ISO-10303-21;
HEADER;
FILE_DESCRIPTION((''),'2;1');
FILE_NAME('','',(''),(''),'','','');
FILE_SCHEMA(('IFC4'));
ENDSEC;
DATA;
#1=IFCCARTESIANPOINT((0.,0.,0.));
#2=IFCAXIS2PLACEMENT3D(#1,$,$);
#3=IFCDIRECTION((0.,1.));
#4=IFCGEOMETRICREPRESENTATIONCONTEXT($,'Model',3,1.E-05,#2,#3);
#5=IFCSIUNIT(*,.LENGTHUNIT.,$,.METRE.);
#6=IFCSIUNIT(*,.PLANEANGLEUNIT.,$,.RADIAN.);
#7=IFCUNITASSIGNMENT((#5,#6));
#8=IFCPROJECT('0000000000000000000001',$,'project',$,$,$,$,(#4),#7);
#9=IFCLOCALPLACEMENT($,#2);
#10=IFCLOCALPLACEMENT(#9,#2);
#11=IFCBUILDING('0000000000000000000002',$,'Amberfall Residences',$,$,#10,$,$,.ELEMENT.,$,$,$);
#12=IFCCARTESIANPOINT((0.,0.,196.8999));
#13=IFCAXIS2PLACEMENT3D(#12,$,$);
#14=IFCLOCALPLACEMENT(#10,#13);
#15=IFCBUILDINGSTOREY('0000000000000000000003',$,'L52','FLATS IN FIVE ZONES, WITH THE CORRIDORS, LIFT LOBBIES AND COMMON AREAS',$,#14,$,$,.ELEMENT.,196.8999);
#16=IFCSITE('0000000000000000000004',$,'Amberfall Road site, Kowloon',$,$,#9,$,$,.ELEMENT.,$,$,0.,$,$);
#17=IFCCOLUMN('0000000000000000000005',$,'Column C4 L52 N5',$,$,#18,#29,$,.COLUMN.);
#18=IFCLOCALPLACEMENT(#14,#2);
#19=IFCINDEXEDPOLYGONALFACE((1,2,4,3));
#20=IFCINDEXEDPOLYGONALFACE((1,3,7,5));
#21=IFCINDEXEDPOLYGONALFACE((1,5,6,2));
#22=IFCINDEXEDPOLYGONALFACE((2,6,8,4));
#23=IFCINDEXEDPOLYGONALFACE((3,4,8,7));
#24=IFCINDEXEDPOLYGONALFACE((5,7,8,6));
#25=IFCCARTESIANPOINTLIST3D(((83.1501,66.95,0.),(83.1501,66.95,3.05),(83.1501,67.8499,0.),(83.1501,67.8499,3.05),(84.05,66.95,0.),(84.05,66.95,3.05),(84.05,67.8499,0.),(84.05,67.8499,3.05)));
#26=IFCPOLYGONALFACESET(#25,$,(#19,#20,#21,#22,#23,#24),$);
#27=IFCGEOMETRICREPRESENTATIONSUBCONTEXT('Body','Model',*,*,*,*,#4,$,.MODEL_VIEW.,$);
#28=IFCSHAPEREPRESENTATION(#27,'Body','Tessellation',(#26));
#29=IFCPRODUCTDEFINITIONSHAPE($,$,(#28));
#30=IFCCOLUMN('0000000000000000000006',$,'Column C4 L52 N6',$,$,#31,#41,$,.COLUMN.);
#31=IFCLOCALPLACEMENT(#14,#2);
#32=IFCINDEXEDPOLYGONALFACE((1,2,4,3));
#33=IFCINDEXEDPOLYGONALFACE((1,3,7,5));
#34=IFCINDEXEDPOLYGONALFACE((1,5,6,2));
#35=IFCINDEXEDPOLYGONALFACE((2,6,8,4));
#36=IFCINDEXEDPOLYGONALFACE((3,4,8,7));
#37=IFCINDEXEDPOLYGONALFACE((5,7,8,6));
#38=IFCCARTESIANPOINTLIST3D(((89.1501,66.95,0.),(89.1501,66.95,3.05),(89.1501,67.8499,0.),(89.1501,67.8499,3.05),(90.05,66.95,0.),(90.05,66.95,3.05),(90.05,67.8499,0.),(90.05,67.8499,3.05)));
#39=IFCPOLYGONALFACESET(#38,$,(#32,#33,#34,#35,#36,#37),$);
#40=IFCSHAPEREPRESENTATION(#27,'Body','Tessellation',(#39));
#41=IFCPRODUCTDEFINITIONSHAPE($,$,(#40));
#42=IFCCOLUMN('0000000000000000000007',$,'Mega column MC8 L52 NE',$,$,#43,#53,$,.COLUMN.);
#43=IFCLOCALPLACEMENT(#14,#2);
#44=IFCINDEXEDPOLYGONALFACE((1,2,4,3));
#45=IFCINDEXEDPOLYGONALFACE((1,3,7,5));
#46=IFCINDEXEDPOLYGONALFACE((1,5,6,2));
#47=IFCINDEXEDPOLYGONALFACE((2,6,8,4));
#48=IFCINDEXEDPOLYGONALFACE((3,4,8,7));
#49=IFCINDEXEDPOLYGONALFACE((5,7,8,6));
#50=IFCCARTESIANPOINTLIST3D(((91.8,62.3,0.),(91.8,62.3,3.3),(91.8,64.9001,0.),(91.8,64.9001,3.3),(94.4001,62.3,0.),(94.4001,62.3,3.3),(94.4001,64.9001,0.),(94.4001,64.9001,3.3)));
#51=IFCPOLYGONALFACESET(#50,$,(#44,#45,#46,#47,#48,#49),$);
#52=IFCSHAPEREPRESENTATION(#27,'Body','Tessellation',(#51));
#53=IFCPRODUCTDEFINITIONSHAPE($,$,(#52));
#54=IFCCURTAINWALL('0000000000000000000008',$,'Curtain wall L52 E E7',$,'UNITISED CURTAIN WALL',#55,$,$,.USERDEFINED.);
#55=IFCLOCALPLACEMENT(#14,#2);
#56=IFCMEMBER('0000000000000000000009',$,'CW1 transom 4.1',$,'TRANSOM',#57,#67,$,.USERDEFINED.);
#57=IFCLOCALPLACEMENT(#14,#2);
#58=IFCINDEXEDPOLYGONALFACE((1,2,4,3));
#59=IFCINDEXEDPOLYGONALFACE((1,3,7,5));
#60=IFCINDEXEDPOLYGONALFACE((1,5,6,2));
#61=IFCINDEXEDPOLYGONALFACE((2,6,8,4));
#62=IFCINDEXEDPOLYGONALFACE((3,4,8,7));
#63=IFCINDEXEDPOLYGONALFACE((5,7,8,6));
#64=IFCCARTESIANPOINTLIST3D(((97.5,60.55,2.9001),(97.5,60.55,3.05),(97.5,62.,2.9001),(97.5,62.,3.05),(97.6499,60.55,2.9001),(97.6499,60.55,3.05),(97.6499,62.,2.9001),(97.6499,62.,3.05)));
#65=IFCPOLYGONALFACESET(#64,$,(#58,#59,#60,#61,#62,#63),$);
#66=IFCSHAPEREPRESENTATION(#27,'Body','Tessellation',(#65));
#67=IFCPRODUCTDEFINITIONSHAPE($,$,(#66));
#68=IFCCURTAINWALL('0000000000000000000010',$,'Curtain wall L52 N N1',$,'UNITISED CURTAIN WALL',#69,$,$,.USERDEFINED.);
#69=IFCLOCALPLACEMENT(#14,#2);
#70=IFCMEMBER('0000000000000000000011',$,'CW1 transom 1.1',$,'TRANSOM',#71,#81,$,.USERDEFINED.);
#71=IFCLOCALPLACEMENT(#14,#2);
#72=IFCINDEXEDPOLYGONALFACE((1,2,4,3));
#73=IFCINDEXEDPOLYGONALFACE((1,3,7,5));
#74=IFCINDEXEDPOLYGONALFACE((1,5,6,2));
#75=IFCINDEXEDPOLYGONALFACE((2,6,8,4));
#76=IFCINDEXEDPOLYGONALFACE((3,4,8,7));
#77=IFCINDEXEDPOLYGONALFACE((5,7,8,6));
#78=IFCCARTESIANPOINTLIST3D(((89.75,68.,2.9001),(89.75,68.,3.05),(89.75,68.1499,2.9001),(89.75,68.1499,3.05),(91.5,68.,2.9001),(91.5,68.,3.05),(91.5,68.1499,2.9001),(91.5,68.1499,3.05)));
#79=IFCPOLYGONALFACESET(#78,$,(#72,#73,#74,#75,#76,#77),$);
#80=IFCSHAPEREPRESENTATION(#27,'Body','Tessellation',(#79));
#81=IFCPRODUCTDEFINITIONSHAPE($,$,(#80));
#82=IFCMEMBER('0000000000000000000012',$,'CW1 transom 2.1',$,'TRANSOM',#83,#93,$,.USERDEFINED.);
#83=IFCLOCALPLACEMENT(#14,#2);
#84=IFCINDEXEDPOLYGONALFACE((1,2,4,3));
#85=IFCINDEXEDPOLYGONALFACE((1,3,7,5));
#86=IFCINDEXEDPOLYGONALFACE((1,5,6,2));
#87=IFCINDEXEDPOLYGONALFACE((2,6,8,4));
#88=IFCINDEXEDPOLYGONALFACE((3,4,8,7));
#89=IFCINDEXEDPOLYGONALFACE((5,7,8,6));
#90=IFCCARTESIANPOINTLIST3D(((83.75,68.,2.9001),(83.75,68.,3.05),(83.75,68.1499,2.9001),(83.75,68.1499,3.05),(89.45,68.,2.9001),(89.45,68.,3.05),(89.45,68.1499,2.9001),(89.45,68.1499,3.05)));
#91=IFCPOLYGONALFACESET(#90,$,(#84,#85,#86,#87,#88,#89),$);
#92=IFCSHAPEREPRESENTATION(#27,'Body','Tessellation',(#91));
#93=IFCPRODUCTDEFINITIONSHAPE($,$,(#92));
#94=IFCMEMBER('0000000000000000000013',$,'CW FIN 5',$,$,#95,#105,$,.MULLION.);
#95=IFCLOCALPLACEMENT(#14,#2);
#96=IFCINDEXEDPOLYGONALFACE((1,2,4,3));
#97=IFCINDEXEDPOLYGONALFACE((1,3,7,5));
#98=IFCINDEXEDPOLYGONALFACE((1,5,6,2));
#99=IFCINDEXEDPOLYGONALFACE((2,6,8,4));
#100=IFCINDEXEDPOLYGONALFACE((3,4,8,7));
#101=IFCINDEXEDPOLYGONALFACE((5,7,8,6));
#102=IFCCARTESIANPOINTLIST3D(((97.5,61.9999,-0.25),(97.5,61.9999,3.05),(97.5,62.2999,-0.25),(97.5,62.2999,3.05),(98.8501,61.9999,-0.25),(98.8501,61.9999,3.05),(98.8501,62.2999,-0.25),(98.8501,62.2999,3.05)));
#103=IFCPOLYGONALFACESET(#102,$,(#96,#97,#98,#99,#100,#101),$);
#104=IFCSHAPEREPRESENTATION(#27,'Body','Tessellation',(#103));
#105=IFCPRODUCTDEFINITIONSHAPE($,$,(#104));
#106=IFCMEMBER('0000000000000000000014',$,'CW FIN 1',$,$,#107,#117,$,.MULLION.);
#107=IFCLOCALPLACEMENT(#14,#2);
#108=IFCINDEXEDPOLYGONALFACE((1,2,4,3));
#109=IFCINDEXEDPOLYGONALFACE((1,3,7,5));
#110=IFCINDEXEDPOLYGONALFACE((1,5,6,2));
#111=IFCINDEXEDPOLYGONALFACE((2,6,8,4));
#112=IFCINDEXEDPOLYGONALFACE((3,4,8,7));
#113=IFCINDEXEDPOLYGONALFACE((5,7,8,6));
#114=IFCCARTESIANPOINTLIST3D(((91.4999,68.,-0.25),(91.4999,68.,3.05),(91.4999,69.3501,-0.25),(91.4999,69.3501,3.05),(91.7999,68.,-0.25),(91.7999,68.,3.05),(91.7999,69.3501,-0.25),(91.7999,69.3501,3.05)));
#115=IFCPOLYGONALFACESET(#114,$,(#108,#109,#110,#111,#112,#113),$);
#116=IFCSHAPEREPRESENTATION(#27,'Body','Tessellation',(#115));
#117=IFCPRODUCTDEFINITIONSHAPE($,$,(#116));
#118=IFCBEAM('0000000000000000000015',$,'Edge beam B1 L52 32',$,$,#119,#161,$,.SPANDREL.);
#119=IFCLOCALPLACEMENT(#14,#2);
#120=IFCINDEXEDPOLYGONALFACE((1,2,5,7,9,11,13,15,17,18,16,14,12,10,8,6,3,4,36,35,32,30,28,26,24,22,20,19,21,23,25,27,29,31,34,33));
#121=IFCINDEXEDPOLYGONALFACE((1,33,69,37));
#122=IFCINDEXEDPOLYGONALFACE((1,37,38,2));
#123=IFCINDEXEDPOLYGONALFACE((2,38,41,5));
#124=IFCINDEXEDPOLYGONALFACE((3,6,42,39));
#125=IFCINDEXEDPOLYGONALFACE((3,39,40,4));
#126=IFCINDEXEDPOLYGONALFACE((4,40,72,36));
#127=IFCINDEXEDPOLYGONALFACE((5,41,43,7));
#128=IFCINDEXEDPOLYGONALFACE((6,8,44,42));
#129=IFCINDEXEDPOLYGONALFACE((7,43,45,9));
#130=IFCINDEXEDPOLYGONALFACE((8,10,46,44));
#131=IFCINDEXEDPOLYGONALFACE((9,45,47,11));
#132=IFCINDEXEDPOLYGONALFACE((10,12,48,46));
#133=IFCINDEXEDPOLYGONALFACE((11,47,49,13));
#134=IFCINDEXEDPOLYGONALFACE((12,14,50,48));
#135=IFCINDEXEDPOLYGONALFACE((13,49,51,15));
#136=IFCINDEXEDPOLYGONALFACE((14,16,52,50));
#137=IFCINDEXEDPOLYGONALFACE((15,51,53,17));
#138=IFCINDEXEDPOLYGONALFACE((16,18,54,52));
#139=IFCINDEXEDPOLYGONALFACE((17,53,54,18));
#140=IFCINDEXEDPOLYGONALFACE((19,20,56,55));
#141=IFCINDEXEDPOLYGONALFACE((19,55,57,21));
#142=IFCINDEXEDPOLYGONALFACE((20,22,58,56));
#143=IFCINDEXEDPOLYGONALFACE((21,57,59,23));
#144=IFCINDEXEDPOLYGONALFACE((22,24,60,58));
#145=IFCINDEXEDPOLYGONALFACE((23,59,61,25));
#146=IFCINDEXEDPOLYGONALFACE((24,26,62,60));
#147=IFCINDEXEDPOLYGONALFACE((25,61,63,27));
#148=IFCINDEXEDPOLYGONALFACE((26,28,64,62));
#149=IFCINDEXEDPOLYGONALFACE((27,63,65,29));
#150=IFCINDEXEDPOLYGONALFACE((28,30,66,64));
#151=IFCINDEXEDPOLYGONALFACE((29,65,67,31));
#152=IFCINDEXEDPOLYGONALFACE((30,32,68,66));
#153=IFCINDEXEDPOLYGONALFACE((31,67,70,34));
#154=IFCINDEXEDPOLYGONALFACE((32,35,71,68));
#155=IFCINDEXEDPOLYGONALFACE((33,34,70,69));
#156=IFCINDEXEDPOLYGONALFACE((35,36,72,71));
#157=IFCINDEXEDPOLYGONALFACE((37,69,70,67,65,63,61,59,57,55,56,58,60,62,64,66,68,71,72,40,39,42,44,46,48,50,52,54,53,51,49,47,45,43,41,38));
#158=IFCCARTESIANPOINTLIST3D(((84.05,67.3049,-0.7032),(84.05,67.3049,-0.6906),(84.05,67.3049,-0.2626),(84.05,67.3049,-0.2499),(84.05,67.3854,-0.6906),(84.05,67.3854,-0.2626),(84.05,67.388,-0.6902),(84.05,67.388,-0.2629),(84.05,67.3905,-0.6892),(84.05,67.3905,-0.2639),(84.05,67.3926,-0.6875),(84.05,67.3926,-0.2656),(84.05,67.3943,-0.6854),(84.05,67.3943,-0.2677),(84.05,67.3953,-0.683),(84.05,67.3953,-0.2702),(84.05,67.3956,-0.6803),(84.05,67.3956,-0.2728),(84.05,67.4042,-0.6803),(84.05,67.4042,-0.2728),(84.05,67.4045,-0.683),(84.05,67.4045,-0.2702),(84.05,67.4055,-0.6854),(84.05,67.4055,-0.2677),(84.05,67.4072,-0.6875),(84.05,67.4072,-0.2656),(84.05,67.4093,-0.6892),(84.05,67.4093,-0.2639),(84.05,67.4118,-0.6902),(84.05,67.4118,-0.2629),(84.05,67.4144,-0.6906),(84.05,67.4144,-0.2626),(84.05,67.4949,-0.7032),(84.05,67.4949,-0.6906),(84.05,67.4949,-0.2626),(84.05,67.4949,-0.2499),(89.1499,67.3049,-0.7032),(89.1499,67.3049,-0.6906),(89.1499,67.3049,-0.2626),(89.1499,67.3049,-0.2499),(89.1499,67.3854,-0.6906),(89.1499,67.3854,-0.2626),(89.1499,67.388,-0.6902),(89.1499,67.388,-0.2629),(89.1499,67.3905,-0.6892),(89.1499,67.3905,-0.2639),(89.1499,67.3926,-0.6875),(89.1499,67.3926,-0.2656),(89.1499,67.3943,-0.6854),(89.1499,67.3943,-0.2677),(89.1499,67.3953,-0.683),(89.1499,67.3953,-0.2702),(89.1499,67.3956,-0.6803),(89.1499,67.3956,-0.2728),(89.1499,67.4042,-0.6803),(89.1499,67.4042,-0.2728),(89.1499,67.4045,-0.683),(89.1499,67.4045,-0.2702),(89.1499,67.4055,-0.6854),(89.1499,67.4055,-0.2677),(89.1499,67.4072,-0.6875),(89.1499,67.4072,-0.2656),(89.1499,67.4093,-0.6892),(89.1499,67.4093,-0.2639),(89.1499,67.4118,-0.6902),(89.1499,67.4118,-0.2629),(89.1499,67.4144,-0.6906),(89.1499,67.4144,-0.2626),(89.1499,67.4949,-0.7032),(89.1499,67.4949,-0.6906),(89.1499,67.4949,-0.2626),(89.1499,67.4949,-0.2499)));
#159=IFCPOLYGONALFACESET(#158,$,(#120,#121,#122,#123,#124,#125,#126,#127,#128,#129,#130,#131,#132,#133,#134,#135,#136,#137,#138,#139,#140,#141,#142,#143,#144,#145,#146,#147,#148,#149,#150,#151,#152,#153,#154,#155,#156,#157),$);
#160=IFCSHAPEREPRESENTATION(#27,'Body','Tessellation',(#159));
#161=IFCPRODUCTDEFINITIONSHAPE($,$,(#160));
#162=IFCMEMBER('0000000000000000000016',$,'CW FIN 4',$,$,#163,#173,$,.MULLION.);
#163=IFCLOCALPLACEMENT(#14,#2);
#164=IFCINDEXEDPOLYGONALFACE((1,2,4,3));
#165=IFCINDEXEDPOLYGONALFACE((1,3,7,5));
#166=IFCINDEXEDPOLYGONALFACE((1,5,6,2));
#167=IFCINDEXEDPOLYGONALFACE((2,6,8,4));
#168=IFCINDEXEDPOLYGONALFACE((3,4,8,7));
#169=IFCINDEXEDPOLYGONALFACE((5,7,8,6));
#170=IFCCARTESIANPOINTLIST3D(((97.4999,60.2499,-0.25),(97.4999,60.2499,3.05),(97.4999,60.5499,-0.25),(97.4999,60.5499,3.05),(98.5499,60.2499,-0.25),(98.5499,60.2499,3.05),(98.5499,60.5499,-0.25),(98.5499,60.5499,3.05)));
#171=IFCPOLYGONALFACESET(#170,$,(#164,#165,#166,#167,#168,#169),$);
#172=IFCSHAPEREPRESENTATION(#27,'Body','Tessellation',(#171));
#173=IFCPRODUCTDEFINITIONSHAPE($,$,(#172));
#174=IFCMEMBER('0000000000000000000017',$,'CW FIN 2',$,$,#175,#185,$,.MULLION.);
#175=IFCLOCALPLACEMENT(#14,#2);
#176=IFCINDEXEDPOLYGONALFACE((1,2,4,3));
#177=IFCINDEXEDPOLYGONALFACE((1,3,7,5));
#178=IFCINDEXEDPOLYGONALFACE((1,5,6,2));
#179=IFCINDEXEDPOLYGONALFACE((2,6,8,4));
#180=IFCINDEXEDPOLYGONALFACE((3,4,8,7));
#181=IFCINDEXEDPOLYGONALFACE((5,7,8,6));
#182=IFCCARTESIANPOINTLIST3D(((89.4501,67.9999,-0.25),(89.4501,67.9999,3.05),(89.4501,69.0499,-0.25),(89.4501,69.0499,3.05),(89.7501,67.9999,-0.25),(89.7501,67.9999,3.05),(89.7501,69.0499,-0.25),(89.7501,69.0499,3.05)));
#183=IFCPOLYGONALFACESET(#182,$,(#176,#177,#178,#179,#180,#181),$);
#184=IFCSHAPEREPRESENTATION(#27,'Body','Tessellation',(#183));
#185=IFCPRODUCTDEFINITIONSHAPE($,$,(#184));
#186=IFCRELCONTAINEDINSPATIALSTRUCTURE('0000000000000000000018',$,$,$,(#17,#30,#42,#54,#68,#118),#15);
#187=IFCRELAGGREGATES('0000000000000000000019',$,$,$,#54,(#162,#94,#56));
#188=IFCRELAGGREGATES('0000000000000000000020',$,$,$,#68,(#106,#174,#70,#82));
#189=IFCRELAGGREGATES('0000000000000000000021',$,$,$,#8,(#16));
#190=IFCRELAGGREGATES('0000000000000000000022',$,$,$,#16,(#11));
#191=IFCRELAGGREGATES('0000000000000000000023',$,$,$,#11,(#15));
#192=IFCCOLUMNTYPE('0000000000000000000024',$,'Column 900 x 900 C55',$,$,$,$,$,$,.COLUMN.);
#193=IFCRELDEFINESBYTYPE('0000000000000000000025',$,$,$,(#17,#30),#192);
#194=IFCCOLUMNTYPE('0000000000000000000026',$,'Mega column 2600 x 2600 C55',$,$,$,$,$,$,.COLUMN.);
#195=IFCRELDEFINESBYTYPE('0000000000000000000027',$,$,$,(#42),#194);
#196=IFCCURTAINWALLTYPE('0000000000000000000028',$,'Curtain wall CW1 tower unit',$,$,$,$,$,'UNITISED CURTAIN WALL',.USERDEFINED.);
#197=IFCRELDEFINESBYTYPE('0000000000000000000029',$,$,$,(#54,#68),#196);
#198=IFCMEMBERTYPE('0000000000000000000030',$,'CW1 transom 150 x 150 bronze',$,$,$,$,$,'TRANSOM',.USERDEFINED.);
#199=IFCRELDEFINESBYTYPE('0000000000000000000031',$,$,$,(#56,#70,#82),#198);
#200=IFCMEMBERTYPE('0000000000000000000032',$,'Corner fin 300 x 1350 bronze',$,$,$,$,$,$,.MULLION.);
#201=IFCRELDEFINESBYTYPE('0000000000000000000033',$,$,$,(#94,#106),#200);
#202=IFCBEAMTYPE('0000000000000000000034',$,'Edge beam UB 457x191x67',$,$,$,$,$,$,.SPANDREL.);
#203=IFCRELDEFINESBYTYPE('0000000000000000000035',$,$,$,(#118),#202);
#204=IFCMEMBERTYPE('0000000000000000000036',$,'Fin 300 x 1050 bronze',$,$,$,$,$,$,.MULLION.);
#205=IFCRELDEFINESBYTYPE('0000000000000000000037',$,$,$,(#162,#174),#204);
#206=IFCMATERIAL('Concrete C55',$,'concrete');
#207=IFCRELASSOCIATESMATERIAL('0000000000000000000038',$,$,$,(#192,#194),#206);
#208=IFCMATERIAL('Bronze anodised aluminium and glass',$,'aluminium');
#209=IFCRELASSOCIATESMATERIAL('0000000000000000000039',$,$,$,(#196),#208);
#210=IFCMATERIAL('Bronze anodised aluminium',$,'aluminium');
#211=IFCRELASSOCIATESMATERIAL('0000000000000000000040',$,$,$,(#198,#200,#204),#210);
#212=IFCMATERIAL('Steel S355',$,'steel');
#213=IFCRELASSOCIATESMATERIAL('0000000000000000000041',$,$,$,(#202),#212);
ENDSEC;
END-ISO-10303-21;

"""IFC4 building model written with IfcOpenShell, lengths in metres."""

from ifc_helpers import new_model, si_unit, direction, frame, origin, origin_2d, place, context, subcontext, project, spatial, rectangle, i_section, extrude, material, material_profile, profile_set, type_object, element, aggregate, save


model = new_model("IFC4")

# Units and contexts
model_context = context("Model", 3, precision=1e-05, world=origin(), true_north=direction((0.0, 1.0)))
body_context = subcontext(model_context, "Body", "Model", "MODEL_VIEW")
ifc_project = project(units=[si_unit("LENGTHUNIT", "METRE"), si_unit("PLANEANGLEUNIT", "RADIAN")], contexts=[model_context])

# Site, building, storey
site_placement = place(None, origin())
site = spatial("IfcSite", under=ifc_project, at=site_placement, Name="Amberfall Road site, Kowloon", CompositionType="ELEMENT", RefElevation=0.0)
building_placement = place(site_placement, origin())
building = spatial("IfcBuilding", under=site, at=building_placement, Name="Amberfall Residences", CompositionType="ELEMENT")
storey_placement = place(building_placement, frame((0.0, 0.0, 196.8999)))
storey = spatial("IfcBuildingStorey", under=building, at=storey_placement, Name="L52", Description="FLATS IN FIVE ZONES, WITH THE CORRIDORS, LIFT LOBBIES AND COMMON AREAS", CompositionType="ELEMENT", Elevation=196.8999)

# Columns
ifc_material_1 = material(Name="Concrete C55", Category="concrete")
ifc_material_profile_1 = material_profile(ifc_material_1, rectangle(XDim=0.8999, YDim=0.8999, at=origin_2d()), Name="Column 900 x 900 C55")
ifc_profile_set_1 = profile_set([ifc_material_profile_1], Name="Concrete C55")
column_type_1 = type_object("IfcColumnType", Name="Column 900 x 900 C55", PredefinedType="COLUMN", material=ifc_profile_set_1)
for number, where, z_axis, x_axis, name in (
    (1, (83.6001, 67.3999, 0.0), (0.0, 0.0, 1.0), (1.0, 0.0, 0.0), "Column C4 L52 N5"),
    (2, (89.6001, 67.3999, 0.0), (0.0, 0.0, 1.0), (1.0, 0.0, 0.0), "Column C4 L52 N6"),
):
    element("IfcColumn", number, at=place(storey_placement, frame(where, z_axis=z_axis, x_axis=x_axis)), inside=storey, type_object=column_type_1, Name=name, PredefinedType="COLUMN", context=body_context, shape_type="SweptSolid", body=[
        extrude(rectangle(XDim=0.8999, YDim=0.8999, at=origin_2d()), origin(), (0.0, 0.0, 1.0), 3.05),
    ])
ifc_material_profile_2 = material_profile(ifc_material_1, rectangle(XDim=2.6001, YDim=2.6001, at=origin_2d()), Name="Mega column 2600 x 2600 C55")
ifc_profile_set_2 = profile_set([ifc_material_profile_2], Name="Concrete C55")
column_type_2 = type_object("IfcColumnType", Name="Mega column 2600 x 2600 C55", PredefinedType="COLUMN", material=ifc_profile_set_2)
column_placement = place(storey_placement, frame((93.1001, 63.6001, 0.0), z_axis=(0.0, 0.0, 1.0), x_axis=(1.0, 0.0, 0.0)))
element("IfcColumn", 3, at=column_placement, inside=storey, type_object=column_type_2, Name="Mega column MC8 L52 NE", PredefinedType="COLUMN", context=body_context, shape_type="SweptSolid", body=[
    extrude(rectangle(XDim=2.6001, YDim=2.6001, at=origin_2d()), origin(), (0.0, 0.0, 1.0), 3.3),
])

# Curtain wall, member
ifc_material_2 = material(Name="Bronze anodised aluminium and glass", Category="aluminium")
curtain_wall_type = type_object("IfcCurtainWallType", Name="Curtain wall CW1 tower unit", ElementType="UNITISED CURTAIN WALL", PredefinedType="USERDEFINED", material=ifc_material_2)
curtain_wall_1_placement = place(storey_placement, origin())
curtain_wall_1 = element("IfcCurtainWall", 4, at=curtain_wall_1_placement, inside=storey, type_object=curtain_wall_type, Name="Curtain wall L52 E E7", ObjectType="UNITISED CURTAIN WALL", PredefinedType="USERDEFINED")
ifc_material_3 = material(Name="Bronze anodised aluminium", Category="aluminium")
ifc_material_profile_3 = material_profile(ifc_material_3, rectangle(XDim=0.1499, YDim=0.1499, at=origin_2d()), Name="CW1 transom 150 x 150 bronze")
ifc_profile_set_3 = profile_set([ifc_material_profile_3], Name="Bronze anodised aluminium")
member_type_1 = type_object("IfcMemberType", Name="CW1 transom 150 x 150 bronze", ElementType="TRANSOM", PredefinedType="USERDEFINED", material=ifc_profile_set_3)
member_1_placement = place(storey_placement, frame((97.575, 60.55, 2.9751), z_axis=(0.0, 1.0, 0.0), x_axis=(-1.0, 0.0, 0.0)))
member_1 = element("IfcMember", 5, at=member_1_placement, type_object=member_type_1, Name="CW1 transom 4.1", ObjectType="TRANSOM", PredefinedType="USERDEFINED", context=body_context, shape_type="SweptSolid", body=[
    extrude(rectangle(XDim=0.1499, YDim=0.1499, at=origin_2d()), origin(), (0.0, 0.0, 1.0), 1.45),
])

# Curtain wall, members
curtain_wall_2_placement = place(storey_placement, origin())
curtain_wall_2 = element("IfcCurtainWall", 6, at=curtain_wall_2_placement, inside=storey, type_object=curtain_wall_type, Name="Curtain wall L52 N N1", ObjectType="UNITISED CURTAIN WALL", PredefinedType="USERDEFINED")
member_2_placement = place(storey_placement, frame((91.5, 68.075, 2.9751), z_axis=(-1.0, 0.0, 0.0), x_axis=(0.0, -1.0, 0.0)))
member_2 = element("IfcMember", 7, at=member_2_placement, type_object=member_type_1, Name="CW1 transom 1.1", ObjectType="TRANSOM", PredefinedType="USERDEFINED", context=body_context, shape_type="SweptSolid", body=[
    extrude(rectangle(XDim=0.1499, YDim=0.1499, at=origin_2d()), origin(), (0.0, 0.0, 1.0), 1.75),
])
member_3_placement = place(storey_placement, frame((89.45, 68.075, 2.9751), z_axis=(-1.0, 0.0, 0.0), x_axis=(0.0, -1.0, 0.0)))
member_3 = element("IfcMember", 8, at=member_3_placement, type_object=member_type_1, Name="CW1 transom 2.1", ObjectType="TRANSOM", PredefinedType="USERDEFINED", context=body_context, shape_type="SweptSolid", body=[
    extrude(rectangle(XDim=0.1499, YDim=0.1499, at=origin_2d()), origin(), (0.0, 0.0, 1.0), 5.7),
])

# Members
ifc_material_profile_4 = material_profile(ifc_material_3, rectangle(XDim=1.3501, YDim=0.3, at=origin_2d()), Name="Corner fin 300 x 1350 bronze")
ifc_profile_set_4 = profile_set([ifc_material_profile_4], Name="Bronze anodised aluminium")
member_type_2 = type_object("IfcMemberType", Name="Corner fin 300 x 1350 bronze", PredefinedType="MULLION", material=ifc_profile_set_4)
member_4_placement = place(storey_placement, frame((98.175, 62.1499, -0.25), z_axis=(0.0, 0.0, 1.0), x_axis=(-1.0, 0.0, 0.0)))
member_4 = element("IfcMember", 9, at=member_4_placement, type_object=member_type_2, Name="CW FIN 5", PredefinedType="MULLION", context=body_context, shape_type="SweptSolid", body=[
    extrude(rectangle(XDim=1.3501, YDim=0.3, at=origin_2d()), origin(), (0.0, 0.0, 1.0), 3.3),
])
member_5_placement = place(storey_placement, frame((91.6499, 68.675, -0.25), z_axis=(0.0, 0.0, 1.0), x_axis=(0.0, -1.0, 0.0)))
member_5 = element("IfcMember", 10, at=member_5_placement, type_object=member_type_2, Name="CW FIN 1", PredefinedType="MULLION", context=body_context, shape_type="SweptSolid", body=[
    extrude(rectangle(XDim=1.3501, YDim=0.3, at=origin_2d()), origin(), (0.0, 0.0, 1.0), 3.3),
])

# Beam
ifc_material_4 = material(Name="Steel S355", Category="steel")
ifc_material_profile_5 = material_profile(ifc_material_4, i_section(OverallWidth=0.1899, OverallDepth=0.4534, WebThickness=0.0085, FlangeThickness=0.0127, FilletRadius=0.0103, at=origin_2d()), Name="UB 457x191x67")
ifc_profile_set_5 = profile_set([ifc_material_profile_5], Name="Steel S355")
beam_type_1 = type_object("IfcBeamType", Name="Edge beam UB 457x191x67", PredefinedType="SPANDREL", material=ifc_profile_set_5)
beam_1_placement = place(storey_placement, frame((84.05, 67.3999, -0.4766), z_axis=(1.0, 0.0, 0.0), x_axis=(0.0, 1.0, 0.0)))
element("IfcBeam", 11, at=beam_1_placement, inside=storey, type_object=beam_type_1, Name="Edge beam B1 L52 32", PredefinedType="SPANDREL", context=body_context, shape_type="SweptSolid", body=[
    extrude(i_section(OverallWidth=0.1899, OverallDepth=0.4534, WebThickness=0.0085, FlangeThickness=0.0127, FilletRadius=0.0103, at=origin_2d()), origin(), (0.0, 0.0, 1.0), 5.0999),
])

# Members
ifc_material_profile_6 = material_profile(ifc_material_3, rectangle(XDim=1.05, YDim=0.3, at=origin_2d()), Name="Fin 300 x 1050 bronze")
ifc_profile_set_6 = profile_set([ifc_material_profile_6], Name="Bronze anodised aluminium")
member_type_3 = type_object("IfcMemberType", Name="Fin 300 x 1050 bronze", PredefinedType="MULLION", material=ifc_profile_set_6)
member_6_placement = place(storey_placement, frame((98.0249, 60.3999, -0.25), z_axis=(0.0, 0.0, 1.0), x_axis=(-1.0, 0.0, 0.0)))
member_6 = element("IfcMember", 12, at=member_6_placement, type_object=member_type_3, Name="CW FIN 4", PredefinedType="MULLION", context=body_context, shape_type="SweptSolid", body=[
    extrude(rectangle(XDim=1.05, YDim=0.3, at=origin_2d()), origin(), (0.0, 0.0, 1.0), 3.3),
])
member_7_placement = place(storey_placement, frame((89.6001, 68.5249, -0.25), z_axis=(0.0, 0.0, 1.0), x_axis=(0.0, -1.0, 0.0)))
member_7 = element("IfcMember", 13, at=member_7_placement, type_object=member_type_3, Name="CW FIN 2", PredefinedType="MULLION", context=body_context, shape_type="SweptSolid", body=[
    extrude(rectangle(XDim=1.05, YDim=0.3, at=origin_2d()), origin(), (0.0, 0.0, 1.0), 3.3),
])

aggregate(curtain_wall_1, [member_6, member_4, member_1])
aggregate(curtain_wall_2, [member_5, member_7, member_2, member_3])

save(model, "model.ifc")
